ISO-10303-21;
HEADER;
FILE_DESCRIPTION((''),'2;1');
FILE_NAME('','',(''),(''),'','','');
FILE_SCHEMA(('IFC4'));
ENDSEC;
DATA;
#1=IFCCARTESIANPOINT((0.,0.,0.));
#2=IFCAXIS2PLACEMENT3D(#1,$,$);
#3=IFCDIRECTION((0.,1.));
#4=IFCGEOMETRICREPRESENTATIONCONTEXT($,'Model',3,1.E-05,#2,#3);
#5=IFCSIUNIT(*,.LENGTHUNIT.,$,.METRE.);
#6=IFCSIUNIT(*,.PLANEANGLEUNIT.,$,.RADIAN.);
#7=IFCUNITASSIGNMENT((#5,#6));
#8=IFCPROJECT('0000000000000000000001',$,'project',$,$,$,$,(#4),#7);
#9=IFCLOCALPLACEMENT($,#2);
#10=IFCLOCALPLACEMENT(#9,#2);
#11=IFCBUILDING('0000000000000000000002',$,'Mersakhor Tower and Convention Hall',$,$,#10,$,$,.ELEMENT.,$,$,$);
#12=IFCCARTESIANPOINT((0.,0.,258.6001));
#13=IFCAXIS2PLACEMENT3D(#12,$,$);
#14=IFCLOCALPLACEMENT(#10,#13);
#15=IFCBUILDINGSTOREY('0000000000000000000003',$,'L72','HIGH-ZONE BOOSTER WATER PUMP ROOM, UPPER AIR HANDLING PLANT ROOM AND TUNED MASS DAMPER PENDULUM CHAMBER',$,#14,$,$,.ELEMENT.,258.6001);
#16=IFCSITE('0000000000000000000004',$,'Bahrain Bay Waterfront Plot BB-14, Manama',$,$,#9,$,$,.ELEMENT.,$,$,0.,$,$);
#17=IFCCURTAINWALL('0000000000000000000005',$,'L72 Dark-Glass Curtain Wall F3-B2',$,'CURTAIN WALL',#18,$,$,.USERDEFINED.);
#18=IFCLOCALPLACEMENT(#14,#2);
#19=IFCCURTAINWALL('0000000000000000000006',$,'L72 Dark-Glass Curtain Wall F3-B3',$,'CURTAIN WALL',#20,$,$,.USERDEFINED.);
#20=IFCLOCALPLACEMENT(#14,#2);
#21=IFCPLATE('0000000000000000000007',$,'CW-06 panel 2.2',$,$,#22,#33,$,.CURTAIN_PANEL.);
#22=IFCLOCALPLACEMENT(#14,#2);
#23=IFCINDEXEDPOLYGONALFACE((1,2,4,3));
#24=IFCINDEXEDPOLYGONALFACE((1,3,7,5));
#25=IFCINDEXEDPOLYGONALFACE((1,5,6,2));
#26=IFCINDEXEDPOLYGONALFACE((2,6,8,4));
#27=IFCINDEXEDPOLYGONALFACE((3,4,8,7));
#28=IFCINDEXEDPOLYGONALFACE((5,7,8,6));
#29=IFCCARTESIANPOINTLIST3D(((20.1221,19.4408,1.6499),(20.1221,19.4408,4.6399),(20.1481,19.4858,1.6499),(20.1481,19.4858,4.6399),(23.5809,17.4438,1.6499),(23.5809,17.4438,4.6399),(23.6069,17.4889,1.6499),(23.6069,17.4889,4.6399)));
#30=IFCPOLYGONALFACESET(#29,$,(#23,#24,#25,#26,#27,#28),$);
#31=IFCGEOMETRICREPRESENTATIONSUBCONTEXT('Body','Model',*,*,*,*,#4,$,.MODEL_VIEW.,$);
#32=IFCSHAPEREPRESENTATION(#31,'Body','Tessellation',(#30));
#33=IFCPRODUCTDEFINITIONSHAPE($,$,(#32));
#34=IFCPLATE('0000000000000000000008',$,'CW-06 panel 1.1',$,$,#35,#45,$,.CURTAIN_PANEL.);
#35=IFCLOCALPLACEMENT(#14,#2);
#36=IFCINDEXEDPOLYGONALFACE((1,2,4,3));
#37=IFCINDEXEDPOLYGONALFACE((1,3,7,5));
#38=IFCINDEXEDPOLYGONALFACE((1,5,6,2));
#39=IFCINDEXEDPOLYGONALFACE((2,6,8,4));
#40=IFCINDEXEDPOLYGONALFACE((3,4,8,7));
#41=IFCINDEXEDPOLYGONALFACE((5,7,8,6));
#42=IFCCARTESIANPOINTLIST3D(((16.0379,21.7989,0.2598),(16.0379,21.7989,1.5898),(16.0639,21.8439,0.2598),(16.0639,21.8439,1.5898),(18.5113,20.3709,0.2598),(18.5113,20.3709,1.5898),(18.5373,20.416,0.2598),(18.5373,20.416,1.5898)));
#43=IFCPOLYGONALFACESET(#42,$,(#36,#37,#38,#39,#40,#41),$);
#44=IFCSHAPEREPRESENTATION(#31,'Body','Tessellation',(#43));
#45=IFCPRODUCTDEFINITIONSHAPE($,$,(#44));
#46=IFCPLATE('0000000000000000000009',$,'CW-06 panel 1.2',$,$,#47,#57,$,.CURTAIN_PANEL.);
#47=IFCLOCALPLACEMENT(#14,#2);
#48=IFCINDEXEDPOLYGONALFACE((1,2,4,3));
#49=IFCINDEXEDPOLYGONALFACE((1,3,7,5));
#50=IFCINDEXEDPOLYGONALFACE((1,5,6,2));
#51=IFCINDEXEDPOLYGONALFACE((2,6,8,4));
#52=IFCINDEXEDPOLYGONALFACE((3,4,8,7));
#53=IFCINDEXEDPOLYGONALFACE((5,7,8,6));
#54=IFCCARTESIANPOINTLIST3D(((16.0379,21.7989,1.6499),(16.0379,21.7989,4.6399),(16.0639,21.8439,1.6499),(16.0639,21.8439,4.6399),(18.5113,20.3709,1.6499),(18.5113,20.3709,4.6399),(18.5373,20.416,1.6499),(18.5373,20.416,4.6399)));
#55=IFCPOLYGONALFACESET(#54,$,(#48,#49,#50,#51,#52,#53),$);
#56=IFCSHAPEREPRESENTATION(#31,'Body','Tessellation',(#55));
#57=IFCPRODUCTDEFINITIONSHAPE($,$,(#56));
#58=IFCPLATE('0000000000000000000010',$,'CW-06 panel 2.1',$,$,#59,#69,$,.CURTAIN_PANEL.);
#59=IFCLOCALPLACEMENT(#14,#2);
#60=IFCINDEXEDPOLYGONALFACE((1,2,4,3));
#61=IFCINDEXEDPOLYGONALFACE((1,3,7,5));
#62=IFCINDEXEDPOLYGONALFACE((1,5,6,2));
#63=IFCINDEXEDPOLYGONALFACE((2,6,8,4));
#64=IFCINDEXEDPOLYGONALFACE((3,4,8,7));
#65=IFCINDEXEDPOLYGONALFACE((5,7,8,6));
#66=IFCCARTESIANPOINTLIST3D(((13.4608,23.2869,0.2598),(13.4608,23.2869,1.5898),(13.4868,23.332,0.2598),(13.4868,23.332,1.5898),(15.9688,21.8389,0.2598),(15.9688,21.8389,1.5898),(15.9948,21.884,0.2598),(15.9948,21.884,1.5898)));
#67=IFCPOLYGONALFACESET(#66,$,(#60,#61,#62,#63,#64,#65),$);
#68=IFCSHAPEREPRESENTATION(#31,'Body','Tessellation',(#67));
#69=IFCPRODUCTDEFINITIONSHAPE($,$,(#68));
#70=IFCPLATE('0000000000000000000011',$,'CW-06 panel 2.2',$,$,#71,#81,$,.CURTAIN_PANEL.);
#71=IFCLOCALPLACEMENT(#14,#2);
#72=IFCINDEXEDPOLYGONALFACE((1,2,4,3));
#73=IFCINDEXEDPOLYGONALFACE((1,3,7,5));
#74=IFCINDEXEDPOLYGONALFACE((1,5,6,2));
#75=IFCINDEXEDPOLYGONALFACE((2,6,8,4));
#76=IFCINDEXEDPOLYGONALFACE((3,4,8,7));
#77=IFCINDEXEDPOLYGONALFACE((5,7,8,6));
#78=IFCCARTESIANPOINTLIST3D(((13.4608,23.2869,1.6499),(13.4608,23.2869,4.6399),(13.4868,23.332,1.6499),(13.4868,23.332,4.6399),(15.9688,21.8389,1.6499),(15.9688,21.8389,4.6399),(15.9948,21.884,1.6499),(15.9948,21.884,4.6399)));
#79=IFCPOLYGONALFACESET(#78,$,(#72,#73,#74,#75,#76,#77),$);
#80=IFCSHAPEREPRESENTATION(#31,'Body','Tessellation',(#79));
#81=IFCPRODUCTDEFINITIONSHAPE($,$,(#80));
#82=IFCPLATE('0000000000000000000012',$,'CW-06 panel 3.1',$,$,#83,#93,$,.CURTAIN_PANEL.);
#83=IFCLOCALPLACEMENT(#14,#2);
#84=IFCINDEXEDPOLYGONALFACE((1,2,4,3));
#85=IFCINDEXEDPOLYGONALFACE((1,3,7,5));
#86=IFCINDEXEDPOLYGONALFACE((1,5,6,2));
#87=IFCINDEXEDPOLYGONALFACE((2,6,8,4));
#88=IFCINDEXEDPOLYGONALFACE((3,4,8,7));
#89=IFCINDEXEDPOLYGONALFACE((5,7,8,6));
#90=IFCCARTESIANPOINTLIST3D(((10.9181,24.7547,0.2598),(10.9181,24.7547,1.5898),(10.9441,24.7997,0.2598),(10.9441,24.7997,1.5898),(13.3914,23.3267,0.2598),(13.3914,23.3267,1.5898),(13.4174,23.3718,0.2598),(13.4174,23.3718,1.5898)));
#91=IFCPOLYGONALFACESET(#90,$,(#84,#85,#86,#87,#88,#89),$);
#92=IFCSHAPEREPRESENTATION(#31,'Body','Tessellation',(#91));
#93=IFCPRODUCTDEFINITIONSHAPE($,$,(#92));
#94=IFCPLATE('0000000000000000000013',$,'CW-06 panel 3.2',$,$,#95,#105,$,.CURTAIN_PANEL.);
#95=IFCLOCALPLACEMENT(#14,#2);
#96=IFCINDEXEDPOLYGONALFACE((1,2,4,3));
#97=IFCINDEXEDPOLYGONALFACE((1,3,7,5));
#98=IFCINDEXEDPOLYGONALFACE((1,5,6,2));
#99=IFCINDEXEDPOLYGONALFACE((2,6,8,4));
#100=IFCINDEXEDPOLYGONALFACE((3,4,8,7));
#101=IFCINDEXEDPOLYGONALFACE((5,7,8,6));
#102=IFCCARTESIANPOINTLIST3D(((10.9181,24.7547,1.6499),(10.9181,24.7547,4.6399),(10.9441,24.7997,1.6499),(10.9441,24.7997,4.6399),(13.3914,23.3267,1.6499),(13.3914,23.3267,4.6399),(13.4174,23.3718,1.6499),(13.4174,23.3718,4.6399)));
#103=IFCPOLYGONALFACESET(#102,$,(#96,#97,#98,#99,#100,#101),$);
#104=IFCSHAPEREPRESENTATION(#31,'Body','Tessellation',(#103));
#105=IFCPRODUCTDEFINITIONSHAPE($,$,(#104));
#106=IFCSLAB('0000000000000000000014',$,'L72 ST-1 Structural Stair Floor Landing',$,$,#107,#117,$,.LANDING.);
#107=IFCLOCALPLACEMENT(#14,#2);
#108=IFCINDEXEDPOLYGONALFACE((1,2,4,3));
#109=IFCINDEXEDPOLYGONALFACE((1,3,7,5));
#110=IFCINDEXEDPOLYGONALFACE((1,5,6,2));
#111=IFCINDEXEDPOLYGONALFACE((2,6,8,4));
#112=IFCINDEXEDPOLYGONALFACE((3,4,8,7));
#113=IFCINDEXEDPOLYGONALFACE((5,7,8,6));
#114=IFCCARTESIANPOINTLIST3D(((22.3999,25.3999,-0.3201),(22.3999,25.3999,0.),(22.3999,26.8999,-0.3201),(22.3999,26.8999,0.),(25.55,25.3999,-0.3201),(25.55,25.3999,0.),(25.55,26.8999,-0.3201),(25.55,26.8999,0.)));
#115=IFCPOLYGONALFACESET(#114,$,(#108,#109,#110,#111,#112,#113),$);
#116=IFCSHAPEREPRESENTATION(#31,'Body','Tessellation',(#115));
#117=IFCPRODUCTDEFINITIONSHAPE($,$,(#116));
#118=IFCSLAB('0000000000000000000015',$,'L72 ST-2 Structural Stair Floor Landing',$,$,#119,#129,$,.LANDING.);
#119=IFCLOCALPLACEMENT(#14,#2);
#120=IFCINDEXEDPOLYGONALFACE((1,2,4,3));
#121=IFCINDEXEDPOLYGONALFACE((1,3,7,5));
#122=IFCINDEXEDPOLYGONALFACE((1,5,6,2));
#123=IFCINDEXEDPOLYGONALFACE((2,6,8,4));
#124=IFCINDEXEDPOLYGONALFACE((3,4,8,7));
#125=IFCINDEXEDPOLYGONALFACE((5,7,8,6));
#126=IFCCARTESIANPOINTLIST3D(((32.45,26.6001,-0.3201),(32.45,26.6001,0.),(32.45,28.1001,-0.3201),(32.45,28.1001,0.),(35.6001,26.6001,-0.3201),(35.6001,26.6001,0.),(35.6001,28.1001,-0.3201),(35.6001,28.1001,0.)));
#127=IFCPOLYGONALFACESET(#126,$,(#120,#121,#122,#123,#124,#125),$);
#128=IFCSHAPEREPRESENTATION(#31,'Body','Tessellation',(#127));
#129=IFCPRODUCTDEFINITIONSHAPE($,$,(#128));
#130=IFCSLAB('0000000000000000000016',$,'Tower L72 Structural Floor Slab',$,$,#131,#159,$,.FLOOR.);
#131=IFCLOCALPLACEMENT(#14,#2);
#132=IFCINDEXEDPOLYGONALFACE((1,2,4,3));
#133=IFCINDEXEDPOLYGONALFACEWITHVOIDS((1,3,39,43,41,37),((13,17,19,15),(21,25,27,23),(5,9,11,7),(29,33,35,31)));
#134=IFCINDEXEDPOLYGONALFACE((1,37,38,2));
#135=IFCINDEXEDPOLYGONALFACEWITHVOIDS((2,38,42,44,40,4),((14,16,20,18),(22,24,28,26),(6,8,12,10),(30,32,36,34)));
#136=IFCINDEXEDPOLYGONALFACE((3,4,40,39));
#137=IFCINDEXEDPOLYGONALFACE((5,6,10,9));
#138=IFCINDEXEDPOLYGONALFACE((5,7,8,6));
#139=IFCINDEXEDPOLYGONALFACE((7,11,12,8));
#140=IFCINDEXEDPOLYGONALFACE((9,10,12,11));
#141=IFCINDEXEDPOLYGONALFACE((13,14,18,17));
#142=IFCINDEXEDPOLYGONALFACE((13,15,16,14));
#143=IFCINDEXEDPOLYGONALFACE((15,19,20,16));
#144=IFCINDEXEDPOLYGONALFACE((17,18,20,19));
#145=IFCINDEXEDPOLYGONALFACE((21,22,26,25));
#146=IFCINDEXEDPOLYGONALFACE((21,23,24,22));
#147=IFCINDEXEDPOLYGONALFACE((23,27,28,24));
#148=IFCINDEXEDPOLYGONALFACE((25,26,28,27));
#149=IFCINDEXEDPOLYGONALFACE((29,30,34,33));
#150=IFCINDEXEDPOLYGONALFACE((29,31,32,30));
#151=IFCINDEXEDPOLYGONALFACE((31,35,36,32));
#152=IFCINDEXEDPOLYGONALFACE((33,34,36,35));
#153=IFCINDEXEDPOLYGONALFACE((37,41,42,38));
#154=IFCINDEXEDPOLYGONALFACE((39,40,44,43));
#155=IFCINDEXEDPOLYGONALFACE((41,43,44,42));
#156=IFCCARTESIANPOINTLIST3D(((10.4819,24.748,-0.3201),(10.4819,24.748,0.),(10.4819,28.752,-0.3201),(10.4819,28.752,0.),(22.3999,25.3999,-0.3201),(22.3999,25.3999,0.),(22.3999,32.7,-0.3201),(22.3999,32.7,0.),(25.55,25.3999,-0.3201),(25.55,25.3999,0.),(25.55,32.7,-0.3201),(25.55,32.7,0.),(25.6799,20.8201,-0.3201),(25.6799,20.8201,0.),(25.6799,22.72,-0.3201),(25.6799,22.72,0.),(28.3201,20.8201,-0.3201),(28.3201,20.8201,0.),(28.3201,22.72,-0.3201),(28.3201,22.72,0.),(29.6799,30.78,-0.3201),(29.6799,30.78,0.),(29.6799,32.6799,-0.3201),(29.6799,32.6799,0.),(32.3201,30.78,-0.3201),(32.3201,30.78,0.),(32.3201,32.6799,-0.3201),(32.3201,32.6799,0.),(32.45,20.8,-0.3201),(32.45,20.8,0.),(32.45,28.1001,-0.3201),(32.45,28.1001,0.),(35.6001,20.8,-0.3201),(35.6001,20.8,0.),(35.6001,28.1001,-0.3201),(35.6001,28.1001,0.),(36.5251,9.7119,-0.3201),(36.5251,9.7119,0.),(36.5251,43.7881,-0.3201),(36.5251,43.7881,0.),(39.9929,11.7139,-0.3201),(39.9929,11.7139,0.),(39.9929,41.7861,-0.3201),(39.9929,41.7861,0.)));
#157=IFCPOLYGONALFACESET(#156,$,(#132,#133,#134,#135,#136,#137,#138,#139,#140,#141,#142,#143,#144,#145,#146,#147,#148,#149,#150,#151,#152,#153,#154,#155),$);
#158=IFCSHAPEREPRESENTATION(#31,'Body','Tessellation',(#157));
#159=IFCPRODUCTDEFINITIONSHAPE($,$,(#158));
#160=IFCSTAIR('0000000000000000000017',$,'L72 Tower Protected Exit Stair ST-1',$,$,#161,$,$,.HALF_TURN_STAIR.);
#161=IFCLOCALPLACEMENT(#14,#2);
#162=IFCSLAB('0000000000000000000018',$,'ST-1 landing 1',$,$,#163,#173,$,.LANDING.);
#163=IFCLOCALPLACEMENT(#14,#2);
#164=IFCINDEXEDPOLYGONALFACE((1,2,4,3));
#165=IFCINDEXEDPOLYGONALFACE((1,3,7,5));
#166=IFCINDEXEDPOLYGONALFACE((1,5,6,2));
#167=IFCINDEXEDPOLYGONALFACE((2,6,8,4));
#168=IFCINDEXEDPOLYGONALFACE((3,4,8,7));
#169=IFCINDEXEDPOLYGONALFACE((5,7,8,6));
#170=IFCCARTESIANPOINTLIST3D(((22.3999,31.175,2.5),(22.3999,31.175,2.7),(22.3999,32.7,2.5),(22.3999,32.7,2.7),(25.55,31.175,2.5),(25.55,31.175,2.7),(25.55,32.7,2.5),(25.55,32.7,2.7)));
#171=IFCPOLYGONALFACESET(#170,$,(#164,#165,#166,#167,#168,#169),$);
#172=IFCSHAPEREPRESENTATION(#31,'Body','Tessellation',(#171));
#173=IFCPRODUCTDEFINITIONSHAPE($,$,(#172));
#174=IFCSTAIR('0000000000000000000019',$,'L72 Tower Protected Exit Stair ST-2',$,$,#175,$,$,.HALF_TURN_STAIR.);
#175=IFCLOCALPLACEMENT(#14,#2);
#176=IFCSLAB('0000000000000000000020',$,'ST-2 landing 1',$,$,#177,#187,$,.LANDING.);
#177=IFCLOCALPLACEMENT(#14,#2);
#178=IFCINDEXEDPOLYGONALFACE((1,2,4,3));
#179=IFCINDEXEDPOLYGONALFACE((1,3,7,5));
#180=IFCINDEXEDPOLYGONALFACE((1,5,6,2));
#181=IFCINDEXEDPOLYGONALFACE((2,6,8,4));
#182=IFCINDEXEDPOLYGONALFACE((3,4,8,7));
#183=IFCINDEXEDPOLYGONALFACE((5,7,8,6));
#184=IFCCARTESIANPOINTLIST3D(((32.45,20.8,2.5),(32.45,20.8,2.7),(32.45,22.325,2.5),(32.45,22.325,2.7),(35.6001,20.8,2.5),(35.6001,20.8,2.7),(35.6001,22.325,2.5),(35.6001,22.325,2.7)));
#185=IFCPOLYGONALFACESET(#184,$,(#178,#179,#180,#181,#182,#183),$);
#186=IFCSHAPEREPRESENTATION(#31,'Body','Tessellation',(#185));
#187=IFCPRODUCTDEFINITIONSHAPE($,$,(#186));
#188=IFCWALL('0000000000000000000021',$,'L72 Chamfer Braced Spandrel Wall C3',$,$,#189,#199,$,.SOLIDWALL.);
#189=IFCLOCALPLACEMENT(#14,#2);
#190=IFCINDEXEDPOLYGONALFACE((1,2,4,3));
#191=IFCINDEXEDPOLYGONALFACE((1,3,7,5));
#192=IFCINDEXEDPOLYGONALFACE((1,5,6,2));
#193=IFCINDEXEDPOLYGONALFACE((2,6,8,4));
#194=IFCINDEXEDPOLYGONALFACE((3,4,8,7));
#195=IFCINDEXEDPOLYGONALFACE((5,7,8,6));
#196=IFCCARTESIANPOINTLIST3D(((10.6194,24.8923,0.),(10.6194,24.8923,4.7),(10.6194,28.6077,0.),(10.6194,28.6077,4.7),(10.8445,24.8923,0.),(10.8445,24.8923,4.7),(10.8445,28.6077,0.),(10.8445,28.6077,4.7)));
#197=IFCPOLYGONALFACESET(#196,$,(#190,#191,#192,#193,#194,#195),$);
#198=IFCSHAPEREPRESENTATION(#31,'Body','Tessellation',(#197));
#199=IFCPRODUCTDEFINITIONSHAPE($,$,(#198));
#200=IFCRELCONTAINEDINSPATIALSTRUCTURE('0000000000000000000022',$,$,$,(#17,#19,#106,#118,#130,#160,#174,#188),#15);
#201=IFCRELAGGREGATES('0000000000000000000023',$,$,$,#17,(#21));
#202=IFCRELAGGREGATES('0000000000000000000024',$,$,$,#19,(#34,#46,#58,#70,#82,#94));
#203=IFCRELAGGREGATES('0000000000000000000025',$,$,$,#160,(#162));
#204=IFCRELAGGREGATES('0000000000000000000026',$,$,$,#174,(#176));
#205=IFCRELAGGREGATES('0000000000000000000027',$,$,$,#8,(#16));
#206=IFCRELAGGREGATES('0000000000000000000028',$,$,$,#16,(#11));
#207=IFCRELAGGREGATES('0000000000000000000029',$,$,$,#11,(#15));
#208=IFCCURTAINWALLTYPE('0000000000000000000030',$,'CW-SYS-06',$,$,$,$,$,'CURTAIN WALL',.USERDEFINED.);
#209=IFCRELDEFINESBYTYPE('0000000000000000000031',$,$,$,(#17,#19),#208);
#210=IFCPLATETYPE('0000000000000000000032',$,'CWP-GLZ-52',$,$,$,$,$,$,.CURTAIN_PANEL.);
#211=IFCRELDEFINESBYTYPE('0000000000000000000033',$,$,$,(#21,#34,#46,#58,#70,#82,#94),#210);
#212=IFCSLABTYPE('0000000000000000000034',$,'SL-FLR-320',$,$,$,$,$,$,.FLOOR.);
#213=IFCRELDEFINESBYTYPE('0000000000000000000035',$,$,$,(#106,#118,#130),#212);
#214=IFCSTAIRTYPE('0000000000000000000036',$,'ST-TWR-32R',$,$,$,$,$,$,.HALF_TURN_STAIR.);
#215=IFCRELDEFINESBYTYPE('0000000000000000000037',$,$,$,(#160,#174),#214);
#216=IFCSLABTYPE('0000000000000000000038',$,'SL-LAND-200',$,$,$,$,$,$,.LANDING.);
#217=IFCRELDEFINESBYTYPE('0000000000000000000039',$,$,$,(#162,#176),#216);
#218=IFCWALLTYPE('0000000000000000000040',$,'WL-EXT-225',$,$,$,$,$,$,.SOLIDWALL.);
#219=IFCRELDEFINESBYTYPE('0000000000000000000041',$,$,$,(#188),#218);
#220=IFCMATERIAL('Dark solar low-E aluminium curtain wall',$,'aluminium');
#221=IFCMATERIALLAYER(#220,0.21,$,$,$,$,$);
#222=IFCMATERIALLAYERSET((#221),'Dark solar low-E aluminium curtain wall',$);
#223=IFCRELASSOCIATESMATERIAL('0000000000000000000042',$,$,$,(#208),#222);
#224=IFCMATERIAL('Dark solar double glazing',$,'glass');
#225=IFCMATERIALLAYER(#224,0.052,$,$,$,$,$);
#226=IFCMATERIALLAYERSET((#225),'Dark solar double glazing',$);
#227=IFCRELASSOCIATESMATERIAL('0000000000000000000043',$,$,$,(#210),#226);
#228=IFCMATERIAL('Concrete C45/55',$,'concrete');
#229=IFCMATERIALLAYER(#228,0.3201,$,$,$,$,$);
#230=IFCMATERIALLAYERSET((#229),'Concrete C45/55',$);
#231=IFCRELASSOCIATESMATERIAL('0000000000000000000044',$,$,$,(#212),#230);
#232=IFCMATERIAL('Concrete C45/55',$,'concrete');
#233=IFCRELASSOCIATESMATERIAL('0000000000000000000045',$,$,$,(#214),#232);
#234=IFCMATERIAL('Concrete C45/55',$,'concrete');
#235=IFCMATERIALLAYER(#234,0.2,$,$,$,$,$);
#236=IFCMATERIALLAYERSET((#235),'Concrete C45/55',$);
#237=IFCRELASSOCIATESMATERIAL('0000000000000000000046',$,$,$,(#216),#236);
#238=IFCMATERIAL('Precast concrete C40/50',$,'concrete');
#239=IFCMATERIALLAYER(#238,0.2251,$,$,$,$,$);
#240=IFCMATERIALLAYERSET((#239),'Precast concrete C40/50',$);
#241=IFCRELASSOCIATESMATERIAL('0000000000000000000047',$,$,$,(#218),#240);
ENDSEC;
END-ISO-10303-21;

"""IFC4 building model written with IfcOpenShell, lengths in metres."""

from ifc_helpers import new_model, si_unit, direction, frame, frame_2d, origin, origin_2d, place, context, subcontext, project, spatial, polyline, rectangle, outline, extrude, material, layer, layer_set, type_object, element, aggregate, save


model = new_model("IFC4")

# Units and contexts
model_context = context("Model", 3, precision=1e-05, world=origin(), true_north=direction((0.0, 1.0)))
body_context = subcontext(model_context, "Body", "Model", "MODEL_VIEW")
ifc_project = project(units=[si_unit("LENGTHUNIT", "METRE"), si_unit("PLANEANGLEUNIT", "RADIAN")], contexts=[model_context])

# Site, building, storey
site_placement = place(None, origin())
site = spatial("IfcSite", under=ifc_project, at=site_placement, Name="Bahrain Bay Waterfront Plot BB-14, Manama", CompositionType="ELEMENT", RefElevation=0.0)
building_placement = place(site_placement, origin())
building = spatial("IfcBuilding", under=site, at=building_placement, Name="Mersakhor Tower and Convention Hall", CompositionType="ELEMENT")
storey_placement = place(building_placement, frame((0.0, 0.0, 258.6001)))
storey = spatial("IfcBuildingStorey", under=building, at=storey_placement, Name="L72", Description="HIGH-ZONE BOOSTER WATER PUMP ROOM, UPPER AIR HANDLING PLANT ROOM AND TUNED MASS DAMPER PENDULUM CHAMBER", CompositionType="ELEMENT", Elevation=258.6001)

# Curtain wall
ifc_material_1 = material(Name="Dark solar low-E aluminium curtain wall", Category="aluminium")
ifc_layer_1 = layer(ifc_material_1, 0.21)
ifc_layer_set_1 = layer_set([ifc_layer_1], Name="Dark solar low-E aluminium curtain wall")
curtain_wall_type = type_object("IfcCurtainWallType", Name="CW-SYS-06", ElementType="CURTAIN WALL", PredefinedType="USERDEFINED", material=ifc_layer_set_1)
curtain_wall_1_placement = place(storey_placement, origin())
curtain_wall_1 = element("IfcCurtainWall", 1, at=curtain_wall_1_placement, inside=storey, type_object=curtain_wall_type, Name="L72 Dark-Glass Curtain Wall F3-B2", ObjectType="CURTAIN WALL", PredefinedType="USERDEFINED")

# Curtain wall
curtain_wall_2_placement = place(storey_placement, origin())
curtain_wall_2 = element("IfcCurtainWall", 2, at=curtain_wall_2_placement, inside=storey, type_object=curtain_wall_type, Name="L72 Dark-Glass Curtain Wall F3-B3", ObjectType="CURTAIN WALL", PredefinedType="USERDEFINED")

# Plates
ifc_material_2 = material(Name="Dark solar double glazing", Category="glass")
ifc_layer_2 = layer(ifc_material_2, 0.052)
ifc_layer_set_2 = layer_set([ifc_layer_2], Name="Dark solar double glazing")
plate_type = type_object("IfcPlateType", Name="CWP-GLZ-52", PredefinedType="CURTAIN_PANEL", material=ifc_layer_set_2)
plate_1_placement = place(storey_placement, frame((21.8645, 18.4648, 1.6499), z_axis=(0.0, 0.0, 1.0), x_axis=(-0.866023, 0.500004, 0.0)))
plate_1 = element("IfcPlate", 3, at=plate_1_placement, type_object=plate_type, Name="CW-06 panel 2.2", PredefinedType="CURTAIN_PANEL", context=body_context, shape_type="SweptSolid", body=[
    extrude(rectangle(XDim=3.9939, YDim=0.052, at=origin_2d()), origin(), (0.0, 0.0, 1.0), 2.99),
])
aggregate(curtain_wall_1, [plate_1])
plate_2_placement = place(storey_placement, frame((17.2876, 21.1074, 0.2598), z_axis=(0.0, 0.0, 1.0), x_axis=(-0.866025, 0.5, 0.0)))
plate_2 = element("IfcPlate", 4, at=plate_2_placement, type_object=plate_type, Name="CW-06 panel 1.1", PredefinedType="CURTAIN_PANEL", context=body_context, shape_type="SweptSolid", body=[
    extrude(rectangle(XDim=2.856, YDim=0.052, at=origin_2d()), origin(), (0.0, 0.0, 1.0), 1.3301),
])
plate_3_placement = place(storey_placement, frame((17.2876, 21.1074, 1.6499), z_axis=(0.0, 0.0, 1.0), x_axis=(-0.866025, 0.5, 0.0)))
plate_3 = element("IfcPlate", 5, at=plate_3_placement, type_object=plate_type, Name="CW-06 panel 1.2", PredefinedType="CURTAIN_PANEL", context=body_context, shape_type="SweptSolid", body=[
    extrude(rectangle(XDim=2.856, YDim=0.052, at=origin_2d()), origin(), (0.0, 0.0, 1.0), 2.99),
])
plate_4_placement = place(storey_placement, frame((14.7278, 22.5854, 0.2598), z_axis=(0.0, 0.0, 1.0), x_axis=(-0.866025, 0.5, 0.0)))
plate_4 = element("IfcPlate", 6, at=plate_4_placement, type_object=plate_type, Name="CW-06 panel 2.1", PredefinedType="CURTAIN_PANEL", context=body_context, shape_type="SweptSolid", body=[
    extrude(rectangle(XDim=2.896, YDim=0.052, at=origin_2d()), origin(), (0.0, 0.0, 1.0), 1.3301),
])
plate_5_placement = place(storey_placement, frame((14.7278, 22.5854, 1.6499), z_axis=(0.0, 0.0, 1.0), x_axis=(-0.866025, 0.5, 0.0)))
plate_5 = element("IfcPlate", 7, at=plate_5_placement, type_object=plate_type, Name="CW-06 panel 2.2", PredefinedType="CURTAIN_PANEL", context=body_context, shape_type="SweptSolid", body=[
    extrude(rectangle(XDim=2.896, YDim=0.052, at=origin_2d()), origin(), (0.0, 0.0, 1.0), 2.99),
])
plate_6_placement = place(storey_placement, frame((12.1677, 24.0632, 0.2598), z_axis=(0.0, 0.0, 1.0), x_axis=(-0.866025, 0.5, 0.0)))
plate_6 = element("IfcPlate", 8, at=plate_6_placement, type_object=plate_type, Name="CW-06 panel 3.1", PredefinedType="CURTAIN_PANEL", context=body_context, shape_type="SweptSolid", body=[
    extrude(rectangle(XDim=2.856, YDim=0.052, at=origin_2d()), origin(), (0.0, 0.0, 1.0), 1.3301),
])
plate_7_placement = place(storey_placement, frame((12.1677, 24.0632, 1.6499), z_axis=(0.0, 0.0, 1.0), x_axis=(-0.866025, 0.5, 0.0)))
plate_7 = element("IfcPlate", 9, at=plate_7_placement, type_object=plate_type, Name="CW-06 panel 3.2", PredefinedType="CURTAIN_PANEL", context=body_context, shape_type="SweptSolid", body=[
    extrude(rectangle(XDim=2.856, YDim=0.052, at=origin_2d()), origin(), (0.0, 0.0, 1.0), 2.99),
])
aggregate(curtain_wall_2, [plate_2, plate_3, plate_4, plate_5, plate_6, plate_7])

# Slabs
ifc_material_3 = material(Name="Concrete C45/55", Category="concrete")
ifc_layer_3 = layer(ifc_material_3, 0.3201)
ifc_layer_set_3 = layer_set([ifc_layer_3], Name="Concrete C45/55")
slab_type_1 = type_object("IfcSlabType", Name="SL-FLR-320", PredefinedType="FLOOR", material=ifc_layer_set_3)
slab_1_placement = place(storey_placement, frame((0.0, 0.0, -0.3201)))
element("IfcSlab", 10, at=slab_1_placement, inside=storey, type_object=slab_type_1, Name="L72 ST-1 Structural Stair Floor Landing", PredefinedType="LANDING", context=body_context, shape_type="SweptSolid", body=[
    extrude(outline(polyline([(25.55, 25.3999), (25.55, 26.8999), (22.3999, 26.8999), (22.3999, 25.3999), (25.55, 25.3999)])), origin(), (0.0, 0.0, 1.0), 0.3201),
])
slab_2_placement = place(storey_placement, frame((0.0, 0.0, -0.3201)))
element("IfcSlab", 11, at=slab_2_placement, inside=storey, type_object=slab_type_1, Name="L72 ST-2 Structural Stair Floor Landing", PredefinedType="LANDING", context=body_context, shape_type="SweptSolid", body=[
    extrude(outline(polyline([(32.45, 28.1001), (32.45, 26.6001), (35.6001, 26.6001), (35.6001, 28.1001), (32.45, 28.1001)])), origin(), (0.0, 0.0, 1.0), 0.3201),
])
slab_3_placement = place(storey_placement, frame((0.0, 0.0, -0.3201)))
element("IfcSlab", 12, at=slab_3_placement, inside=storey, type_object=slab_type_1, Name="Tower L72 Structural Floor Slab", PredefinedType="FLOOR", context=body_context, shape_type="SweptSolid", body=[
    extrude(outline(polyline([(10.4819, 28.752), (36.5251, 43.7881), (39.9929, 41.7861), (39.9929, 11.7139), (36.5251, 9.7119), (10.4819, 24.748), (10.4819, 28.752)]), holes=[polyline([(25.55, 25.3999), (25.55, 32.7), (22.3999, 32.7), (22.3999, 25.3999), (25.55, 25.3999)]), polyline([(32.45, 28.1001), (32.45, 20.8), (35.6001, 20.8), (35.6001, 28.1001), (32.45, 28.1001)]), polyline([(25.6799, 20.8201), (25.6799, 22.72), (28.3201, 22.72), (28.3201, 20.8201), (25.6799, 20.8201)]), polyline([(29.6799, 30.78), (29.6799, 32.6799), (32.3201, 32.6799), (32.3201, 30.78), (29.6799, 30.78)])]), origin(), (0.0, 0.0, 1.0), 0.3201),
])

# Stairs, slabs
ifc_material_4 = material(Name="Concrete C45/55", Category="concrete")
stair_type = type_object("IfcStairType", Name="ST-TWR-32R", PredefinedType="HALF_TURN_STAIR", material=ifc_material_4)
stair_1_placement = place(storey_placement, origin())
stair_1 = element("IfcStair", 13, at=stair_1_placement, inside=storey, type_object=stair_type, Name="L72 Tower Protected Exit Stair ST-1", PredefinedType="HALF_TURN_STAIR")
ifc_material_5 = material(Name="Concrete C45/55", Category="concrete")
ifc_layer_4 = layer(ifc_material_5, 0.2)
ifc_layer_set_4 = layer_set([ifc_layer_4], Name="Concrete C45/55")
slab_type_2 = type_object("IfcSlabType", Name="SL-LAND-200", PredefinedType="LANDING", material=ifc_layer_set_4)
slab_4_placement = place(storey_placement, frame((0.0, 0.0, 2.5)))
slab_4 = element("IfcSlab", 14, at=slab_4_placement, type_object=slab_type_2, Name="ST-1 landing 1", PredefinedType="LANDING", context=body_context, shape_type="SweptSolid", body=[
    extrude(outline(polyline([(25.55, 31.175), (25.55, 32.7), (22.3999, 32.7), (22.3999, 31.175), (25.55, 31.175)])), origin(), (0.0, 0.0, 1.0), 0.2),
])
aggregate(stair_1, [slab_4])
stair_2_placement = place(storey_placement, origin())
stair_2 = element("IfcStair", 15, at=stair_2_placement, inside=storey, type_object=stair_type, Name="L72 Tower Protected Exit Stair ST-2", PredefinedType="HALF_TURN_STAIR")
slab_5_placement = place(storey_placement, frame((0.0, 0.0, 2.5)))
slab_5 = element("IfcSlab", 16, at=slab_5_placement, type_object=slab_type_2, Name="ST-2 landing 1", PredefinedType="LANDING", context=body_context, shape_type="SweptSolid", body=[
    extrude(outline(polyline([(32.45, 22.325), (32.45, 20.8), (35.6001, 20.8), (35.6001, 22.325), (32.45, 22.325)])), origin(), (0.0, 0.0, 1.0), 0.2),
])
aggregate(stair_2, [slab_5])

# Wall
ifc_material_6 = material(Name="Precast concrete C40/50", Category="concrete")
ifc_layer_5 = layer(ifc_material_6, 0.2251)
ifc_layer_set_5 = layer_set([ifc_layer_5], Name="Precast concrete C40/50")
wall_type_1 = type_object("IfcWallType", Name="WL-EXT-225", PredefinedType="SOLIDWALL", material=ifc_layer_set_5)
wall_1_placement = place(storey_placement, frame((10.7319, 24.8923, 0.0), z_axis=(0.0, 0.0, 1.0), x_axis=(0.0, 1.0, 0.0)))
element("IfcWall", 17, at=wall_1_placement, inside=storey, type_object=wall_type_1, Name="L72 Chamfer Braced Spandrel Wall C3", PredefinedType="SOLIDWALL", context=body_context, shape_type="SweptSolid", body=[
    extrude(rectangle(XDim=3.7153, YDim=0.2251, at=frame_2d((1.8577, 0.0))), origin(), (0.0, 0.0, 1.0), 4.7),
])

save(model, "model.ifc")
